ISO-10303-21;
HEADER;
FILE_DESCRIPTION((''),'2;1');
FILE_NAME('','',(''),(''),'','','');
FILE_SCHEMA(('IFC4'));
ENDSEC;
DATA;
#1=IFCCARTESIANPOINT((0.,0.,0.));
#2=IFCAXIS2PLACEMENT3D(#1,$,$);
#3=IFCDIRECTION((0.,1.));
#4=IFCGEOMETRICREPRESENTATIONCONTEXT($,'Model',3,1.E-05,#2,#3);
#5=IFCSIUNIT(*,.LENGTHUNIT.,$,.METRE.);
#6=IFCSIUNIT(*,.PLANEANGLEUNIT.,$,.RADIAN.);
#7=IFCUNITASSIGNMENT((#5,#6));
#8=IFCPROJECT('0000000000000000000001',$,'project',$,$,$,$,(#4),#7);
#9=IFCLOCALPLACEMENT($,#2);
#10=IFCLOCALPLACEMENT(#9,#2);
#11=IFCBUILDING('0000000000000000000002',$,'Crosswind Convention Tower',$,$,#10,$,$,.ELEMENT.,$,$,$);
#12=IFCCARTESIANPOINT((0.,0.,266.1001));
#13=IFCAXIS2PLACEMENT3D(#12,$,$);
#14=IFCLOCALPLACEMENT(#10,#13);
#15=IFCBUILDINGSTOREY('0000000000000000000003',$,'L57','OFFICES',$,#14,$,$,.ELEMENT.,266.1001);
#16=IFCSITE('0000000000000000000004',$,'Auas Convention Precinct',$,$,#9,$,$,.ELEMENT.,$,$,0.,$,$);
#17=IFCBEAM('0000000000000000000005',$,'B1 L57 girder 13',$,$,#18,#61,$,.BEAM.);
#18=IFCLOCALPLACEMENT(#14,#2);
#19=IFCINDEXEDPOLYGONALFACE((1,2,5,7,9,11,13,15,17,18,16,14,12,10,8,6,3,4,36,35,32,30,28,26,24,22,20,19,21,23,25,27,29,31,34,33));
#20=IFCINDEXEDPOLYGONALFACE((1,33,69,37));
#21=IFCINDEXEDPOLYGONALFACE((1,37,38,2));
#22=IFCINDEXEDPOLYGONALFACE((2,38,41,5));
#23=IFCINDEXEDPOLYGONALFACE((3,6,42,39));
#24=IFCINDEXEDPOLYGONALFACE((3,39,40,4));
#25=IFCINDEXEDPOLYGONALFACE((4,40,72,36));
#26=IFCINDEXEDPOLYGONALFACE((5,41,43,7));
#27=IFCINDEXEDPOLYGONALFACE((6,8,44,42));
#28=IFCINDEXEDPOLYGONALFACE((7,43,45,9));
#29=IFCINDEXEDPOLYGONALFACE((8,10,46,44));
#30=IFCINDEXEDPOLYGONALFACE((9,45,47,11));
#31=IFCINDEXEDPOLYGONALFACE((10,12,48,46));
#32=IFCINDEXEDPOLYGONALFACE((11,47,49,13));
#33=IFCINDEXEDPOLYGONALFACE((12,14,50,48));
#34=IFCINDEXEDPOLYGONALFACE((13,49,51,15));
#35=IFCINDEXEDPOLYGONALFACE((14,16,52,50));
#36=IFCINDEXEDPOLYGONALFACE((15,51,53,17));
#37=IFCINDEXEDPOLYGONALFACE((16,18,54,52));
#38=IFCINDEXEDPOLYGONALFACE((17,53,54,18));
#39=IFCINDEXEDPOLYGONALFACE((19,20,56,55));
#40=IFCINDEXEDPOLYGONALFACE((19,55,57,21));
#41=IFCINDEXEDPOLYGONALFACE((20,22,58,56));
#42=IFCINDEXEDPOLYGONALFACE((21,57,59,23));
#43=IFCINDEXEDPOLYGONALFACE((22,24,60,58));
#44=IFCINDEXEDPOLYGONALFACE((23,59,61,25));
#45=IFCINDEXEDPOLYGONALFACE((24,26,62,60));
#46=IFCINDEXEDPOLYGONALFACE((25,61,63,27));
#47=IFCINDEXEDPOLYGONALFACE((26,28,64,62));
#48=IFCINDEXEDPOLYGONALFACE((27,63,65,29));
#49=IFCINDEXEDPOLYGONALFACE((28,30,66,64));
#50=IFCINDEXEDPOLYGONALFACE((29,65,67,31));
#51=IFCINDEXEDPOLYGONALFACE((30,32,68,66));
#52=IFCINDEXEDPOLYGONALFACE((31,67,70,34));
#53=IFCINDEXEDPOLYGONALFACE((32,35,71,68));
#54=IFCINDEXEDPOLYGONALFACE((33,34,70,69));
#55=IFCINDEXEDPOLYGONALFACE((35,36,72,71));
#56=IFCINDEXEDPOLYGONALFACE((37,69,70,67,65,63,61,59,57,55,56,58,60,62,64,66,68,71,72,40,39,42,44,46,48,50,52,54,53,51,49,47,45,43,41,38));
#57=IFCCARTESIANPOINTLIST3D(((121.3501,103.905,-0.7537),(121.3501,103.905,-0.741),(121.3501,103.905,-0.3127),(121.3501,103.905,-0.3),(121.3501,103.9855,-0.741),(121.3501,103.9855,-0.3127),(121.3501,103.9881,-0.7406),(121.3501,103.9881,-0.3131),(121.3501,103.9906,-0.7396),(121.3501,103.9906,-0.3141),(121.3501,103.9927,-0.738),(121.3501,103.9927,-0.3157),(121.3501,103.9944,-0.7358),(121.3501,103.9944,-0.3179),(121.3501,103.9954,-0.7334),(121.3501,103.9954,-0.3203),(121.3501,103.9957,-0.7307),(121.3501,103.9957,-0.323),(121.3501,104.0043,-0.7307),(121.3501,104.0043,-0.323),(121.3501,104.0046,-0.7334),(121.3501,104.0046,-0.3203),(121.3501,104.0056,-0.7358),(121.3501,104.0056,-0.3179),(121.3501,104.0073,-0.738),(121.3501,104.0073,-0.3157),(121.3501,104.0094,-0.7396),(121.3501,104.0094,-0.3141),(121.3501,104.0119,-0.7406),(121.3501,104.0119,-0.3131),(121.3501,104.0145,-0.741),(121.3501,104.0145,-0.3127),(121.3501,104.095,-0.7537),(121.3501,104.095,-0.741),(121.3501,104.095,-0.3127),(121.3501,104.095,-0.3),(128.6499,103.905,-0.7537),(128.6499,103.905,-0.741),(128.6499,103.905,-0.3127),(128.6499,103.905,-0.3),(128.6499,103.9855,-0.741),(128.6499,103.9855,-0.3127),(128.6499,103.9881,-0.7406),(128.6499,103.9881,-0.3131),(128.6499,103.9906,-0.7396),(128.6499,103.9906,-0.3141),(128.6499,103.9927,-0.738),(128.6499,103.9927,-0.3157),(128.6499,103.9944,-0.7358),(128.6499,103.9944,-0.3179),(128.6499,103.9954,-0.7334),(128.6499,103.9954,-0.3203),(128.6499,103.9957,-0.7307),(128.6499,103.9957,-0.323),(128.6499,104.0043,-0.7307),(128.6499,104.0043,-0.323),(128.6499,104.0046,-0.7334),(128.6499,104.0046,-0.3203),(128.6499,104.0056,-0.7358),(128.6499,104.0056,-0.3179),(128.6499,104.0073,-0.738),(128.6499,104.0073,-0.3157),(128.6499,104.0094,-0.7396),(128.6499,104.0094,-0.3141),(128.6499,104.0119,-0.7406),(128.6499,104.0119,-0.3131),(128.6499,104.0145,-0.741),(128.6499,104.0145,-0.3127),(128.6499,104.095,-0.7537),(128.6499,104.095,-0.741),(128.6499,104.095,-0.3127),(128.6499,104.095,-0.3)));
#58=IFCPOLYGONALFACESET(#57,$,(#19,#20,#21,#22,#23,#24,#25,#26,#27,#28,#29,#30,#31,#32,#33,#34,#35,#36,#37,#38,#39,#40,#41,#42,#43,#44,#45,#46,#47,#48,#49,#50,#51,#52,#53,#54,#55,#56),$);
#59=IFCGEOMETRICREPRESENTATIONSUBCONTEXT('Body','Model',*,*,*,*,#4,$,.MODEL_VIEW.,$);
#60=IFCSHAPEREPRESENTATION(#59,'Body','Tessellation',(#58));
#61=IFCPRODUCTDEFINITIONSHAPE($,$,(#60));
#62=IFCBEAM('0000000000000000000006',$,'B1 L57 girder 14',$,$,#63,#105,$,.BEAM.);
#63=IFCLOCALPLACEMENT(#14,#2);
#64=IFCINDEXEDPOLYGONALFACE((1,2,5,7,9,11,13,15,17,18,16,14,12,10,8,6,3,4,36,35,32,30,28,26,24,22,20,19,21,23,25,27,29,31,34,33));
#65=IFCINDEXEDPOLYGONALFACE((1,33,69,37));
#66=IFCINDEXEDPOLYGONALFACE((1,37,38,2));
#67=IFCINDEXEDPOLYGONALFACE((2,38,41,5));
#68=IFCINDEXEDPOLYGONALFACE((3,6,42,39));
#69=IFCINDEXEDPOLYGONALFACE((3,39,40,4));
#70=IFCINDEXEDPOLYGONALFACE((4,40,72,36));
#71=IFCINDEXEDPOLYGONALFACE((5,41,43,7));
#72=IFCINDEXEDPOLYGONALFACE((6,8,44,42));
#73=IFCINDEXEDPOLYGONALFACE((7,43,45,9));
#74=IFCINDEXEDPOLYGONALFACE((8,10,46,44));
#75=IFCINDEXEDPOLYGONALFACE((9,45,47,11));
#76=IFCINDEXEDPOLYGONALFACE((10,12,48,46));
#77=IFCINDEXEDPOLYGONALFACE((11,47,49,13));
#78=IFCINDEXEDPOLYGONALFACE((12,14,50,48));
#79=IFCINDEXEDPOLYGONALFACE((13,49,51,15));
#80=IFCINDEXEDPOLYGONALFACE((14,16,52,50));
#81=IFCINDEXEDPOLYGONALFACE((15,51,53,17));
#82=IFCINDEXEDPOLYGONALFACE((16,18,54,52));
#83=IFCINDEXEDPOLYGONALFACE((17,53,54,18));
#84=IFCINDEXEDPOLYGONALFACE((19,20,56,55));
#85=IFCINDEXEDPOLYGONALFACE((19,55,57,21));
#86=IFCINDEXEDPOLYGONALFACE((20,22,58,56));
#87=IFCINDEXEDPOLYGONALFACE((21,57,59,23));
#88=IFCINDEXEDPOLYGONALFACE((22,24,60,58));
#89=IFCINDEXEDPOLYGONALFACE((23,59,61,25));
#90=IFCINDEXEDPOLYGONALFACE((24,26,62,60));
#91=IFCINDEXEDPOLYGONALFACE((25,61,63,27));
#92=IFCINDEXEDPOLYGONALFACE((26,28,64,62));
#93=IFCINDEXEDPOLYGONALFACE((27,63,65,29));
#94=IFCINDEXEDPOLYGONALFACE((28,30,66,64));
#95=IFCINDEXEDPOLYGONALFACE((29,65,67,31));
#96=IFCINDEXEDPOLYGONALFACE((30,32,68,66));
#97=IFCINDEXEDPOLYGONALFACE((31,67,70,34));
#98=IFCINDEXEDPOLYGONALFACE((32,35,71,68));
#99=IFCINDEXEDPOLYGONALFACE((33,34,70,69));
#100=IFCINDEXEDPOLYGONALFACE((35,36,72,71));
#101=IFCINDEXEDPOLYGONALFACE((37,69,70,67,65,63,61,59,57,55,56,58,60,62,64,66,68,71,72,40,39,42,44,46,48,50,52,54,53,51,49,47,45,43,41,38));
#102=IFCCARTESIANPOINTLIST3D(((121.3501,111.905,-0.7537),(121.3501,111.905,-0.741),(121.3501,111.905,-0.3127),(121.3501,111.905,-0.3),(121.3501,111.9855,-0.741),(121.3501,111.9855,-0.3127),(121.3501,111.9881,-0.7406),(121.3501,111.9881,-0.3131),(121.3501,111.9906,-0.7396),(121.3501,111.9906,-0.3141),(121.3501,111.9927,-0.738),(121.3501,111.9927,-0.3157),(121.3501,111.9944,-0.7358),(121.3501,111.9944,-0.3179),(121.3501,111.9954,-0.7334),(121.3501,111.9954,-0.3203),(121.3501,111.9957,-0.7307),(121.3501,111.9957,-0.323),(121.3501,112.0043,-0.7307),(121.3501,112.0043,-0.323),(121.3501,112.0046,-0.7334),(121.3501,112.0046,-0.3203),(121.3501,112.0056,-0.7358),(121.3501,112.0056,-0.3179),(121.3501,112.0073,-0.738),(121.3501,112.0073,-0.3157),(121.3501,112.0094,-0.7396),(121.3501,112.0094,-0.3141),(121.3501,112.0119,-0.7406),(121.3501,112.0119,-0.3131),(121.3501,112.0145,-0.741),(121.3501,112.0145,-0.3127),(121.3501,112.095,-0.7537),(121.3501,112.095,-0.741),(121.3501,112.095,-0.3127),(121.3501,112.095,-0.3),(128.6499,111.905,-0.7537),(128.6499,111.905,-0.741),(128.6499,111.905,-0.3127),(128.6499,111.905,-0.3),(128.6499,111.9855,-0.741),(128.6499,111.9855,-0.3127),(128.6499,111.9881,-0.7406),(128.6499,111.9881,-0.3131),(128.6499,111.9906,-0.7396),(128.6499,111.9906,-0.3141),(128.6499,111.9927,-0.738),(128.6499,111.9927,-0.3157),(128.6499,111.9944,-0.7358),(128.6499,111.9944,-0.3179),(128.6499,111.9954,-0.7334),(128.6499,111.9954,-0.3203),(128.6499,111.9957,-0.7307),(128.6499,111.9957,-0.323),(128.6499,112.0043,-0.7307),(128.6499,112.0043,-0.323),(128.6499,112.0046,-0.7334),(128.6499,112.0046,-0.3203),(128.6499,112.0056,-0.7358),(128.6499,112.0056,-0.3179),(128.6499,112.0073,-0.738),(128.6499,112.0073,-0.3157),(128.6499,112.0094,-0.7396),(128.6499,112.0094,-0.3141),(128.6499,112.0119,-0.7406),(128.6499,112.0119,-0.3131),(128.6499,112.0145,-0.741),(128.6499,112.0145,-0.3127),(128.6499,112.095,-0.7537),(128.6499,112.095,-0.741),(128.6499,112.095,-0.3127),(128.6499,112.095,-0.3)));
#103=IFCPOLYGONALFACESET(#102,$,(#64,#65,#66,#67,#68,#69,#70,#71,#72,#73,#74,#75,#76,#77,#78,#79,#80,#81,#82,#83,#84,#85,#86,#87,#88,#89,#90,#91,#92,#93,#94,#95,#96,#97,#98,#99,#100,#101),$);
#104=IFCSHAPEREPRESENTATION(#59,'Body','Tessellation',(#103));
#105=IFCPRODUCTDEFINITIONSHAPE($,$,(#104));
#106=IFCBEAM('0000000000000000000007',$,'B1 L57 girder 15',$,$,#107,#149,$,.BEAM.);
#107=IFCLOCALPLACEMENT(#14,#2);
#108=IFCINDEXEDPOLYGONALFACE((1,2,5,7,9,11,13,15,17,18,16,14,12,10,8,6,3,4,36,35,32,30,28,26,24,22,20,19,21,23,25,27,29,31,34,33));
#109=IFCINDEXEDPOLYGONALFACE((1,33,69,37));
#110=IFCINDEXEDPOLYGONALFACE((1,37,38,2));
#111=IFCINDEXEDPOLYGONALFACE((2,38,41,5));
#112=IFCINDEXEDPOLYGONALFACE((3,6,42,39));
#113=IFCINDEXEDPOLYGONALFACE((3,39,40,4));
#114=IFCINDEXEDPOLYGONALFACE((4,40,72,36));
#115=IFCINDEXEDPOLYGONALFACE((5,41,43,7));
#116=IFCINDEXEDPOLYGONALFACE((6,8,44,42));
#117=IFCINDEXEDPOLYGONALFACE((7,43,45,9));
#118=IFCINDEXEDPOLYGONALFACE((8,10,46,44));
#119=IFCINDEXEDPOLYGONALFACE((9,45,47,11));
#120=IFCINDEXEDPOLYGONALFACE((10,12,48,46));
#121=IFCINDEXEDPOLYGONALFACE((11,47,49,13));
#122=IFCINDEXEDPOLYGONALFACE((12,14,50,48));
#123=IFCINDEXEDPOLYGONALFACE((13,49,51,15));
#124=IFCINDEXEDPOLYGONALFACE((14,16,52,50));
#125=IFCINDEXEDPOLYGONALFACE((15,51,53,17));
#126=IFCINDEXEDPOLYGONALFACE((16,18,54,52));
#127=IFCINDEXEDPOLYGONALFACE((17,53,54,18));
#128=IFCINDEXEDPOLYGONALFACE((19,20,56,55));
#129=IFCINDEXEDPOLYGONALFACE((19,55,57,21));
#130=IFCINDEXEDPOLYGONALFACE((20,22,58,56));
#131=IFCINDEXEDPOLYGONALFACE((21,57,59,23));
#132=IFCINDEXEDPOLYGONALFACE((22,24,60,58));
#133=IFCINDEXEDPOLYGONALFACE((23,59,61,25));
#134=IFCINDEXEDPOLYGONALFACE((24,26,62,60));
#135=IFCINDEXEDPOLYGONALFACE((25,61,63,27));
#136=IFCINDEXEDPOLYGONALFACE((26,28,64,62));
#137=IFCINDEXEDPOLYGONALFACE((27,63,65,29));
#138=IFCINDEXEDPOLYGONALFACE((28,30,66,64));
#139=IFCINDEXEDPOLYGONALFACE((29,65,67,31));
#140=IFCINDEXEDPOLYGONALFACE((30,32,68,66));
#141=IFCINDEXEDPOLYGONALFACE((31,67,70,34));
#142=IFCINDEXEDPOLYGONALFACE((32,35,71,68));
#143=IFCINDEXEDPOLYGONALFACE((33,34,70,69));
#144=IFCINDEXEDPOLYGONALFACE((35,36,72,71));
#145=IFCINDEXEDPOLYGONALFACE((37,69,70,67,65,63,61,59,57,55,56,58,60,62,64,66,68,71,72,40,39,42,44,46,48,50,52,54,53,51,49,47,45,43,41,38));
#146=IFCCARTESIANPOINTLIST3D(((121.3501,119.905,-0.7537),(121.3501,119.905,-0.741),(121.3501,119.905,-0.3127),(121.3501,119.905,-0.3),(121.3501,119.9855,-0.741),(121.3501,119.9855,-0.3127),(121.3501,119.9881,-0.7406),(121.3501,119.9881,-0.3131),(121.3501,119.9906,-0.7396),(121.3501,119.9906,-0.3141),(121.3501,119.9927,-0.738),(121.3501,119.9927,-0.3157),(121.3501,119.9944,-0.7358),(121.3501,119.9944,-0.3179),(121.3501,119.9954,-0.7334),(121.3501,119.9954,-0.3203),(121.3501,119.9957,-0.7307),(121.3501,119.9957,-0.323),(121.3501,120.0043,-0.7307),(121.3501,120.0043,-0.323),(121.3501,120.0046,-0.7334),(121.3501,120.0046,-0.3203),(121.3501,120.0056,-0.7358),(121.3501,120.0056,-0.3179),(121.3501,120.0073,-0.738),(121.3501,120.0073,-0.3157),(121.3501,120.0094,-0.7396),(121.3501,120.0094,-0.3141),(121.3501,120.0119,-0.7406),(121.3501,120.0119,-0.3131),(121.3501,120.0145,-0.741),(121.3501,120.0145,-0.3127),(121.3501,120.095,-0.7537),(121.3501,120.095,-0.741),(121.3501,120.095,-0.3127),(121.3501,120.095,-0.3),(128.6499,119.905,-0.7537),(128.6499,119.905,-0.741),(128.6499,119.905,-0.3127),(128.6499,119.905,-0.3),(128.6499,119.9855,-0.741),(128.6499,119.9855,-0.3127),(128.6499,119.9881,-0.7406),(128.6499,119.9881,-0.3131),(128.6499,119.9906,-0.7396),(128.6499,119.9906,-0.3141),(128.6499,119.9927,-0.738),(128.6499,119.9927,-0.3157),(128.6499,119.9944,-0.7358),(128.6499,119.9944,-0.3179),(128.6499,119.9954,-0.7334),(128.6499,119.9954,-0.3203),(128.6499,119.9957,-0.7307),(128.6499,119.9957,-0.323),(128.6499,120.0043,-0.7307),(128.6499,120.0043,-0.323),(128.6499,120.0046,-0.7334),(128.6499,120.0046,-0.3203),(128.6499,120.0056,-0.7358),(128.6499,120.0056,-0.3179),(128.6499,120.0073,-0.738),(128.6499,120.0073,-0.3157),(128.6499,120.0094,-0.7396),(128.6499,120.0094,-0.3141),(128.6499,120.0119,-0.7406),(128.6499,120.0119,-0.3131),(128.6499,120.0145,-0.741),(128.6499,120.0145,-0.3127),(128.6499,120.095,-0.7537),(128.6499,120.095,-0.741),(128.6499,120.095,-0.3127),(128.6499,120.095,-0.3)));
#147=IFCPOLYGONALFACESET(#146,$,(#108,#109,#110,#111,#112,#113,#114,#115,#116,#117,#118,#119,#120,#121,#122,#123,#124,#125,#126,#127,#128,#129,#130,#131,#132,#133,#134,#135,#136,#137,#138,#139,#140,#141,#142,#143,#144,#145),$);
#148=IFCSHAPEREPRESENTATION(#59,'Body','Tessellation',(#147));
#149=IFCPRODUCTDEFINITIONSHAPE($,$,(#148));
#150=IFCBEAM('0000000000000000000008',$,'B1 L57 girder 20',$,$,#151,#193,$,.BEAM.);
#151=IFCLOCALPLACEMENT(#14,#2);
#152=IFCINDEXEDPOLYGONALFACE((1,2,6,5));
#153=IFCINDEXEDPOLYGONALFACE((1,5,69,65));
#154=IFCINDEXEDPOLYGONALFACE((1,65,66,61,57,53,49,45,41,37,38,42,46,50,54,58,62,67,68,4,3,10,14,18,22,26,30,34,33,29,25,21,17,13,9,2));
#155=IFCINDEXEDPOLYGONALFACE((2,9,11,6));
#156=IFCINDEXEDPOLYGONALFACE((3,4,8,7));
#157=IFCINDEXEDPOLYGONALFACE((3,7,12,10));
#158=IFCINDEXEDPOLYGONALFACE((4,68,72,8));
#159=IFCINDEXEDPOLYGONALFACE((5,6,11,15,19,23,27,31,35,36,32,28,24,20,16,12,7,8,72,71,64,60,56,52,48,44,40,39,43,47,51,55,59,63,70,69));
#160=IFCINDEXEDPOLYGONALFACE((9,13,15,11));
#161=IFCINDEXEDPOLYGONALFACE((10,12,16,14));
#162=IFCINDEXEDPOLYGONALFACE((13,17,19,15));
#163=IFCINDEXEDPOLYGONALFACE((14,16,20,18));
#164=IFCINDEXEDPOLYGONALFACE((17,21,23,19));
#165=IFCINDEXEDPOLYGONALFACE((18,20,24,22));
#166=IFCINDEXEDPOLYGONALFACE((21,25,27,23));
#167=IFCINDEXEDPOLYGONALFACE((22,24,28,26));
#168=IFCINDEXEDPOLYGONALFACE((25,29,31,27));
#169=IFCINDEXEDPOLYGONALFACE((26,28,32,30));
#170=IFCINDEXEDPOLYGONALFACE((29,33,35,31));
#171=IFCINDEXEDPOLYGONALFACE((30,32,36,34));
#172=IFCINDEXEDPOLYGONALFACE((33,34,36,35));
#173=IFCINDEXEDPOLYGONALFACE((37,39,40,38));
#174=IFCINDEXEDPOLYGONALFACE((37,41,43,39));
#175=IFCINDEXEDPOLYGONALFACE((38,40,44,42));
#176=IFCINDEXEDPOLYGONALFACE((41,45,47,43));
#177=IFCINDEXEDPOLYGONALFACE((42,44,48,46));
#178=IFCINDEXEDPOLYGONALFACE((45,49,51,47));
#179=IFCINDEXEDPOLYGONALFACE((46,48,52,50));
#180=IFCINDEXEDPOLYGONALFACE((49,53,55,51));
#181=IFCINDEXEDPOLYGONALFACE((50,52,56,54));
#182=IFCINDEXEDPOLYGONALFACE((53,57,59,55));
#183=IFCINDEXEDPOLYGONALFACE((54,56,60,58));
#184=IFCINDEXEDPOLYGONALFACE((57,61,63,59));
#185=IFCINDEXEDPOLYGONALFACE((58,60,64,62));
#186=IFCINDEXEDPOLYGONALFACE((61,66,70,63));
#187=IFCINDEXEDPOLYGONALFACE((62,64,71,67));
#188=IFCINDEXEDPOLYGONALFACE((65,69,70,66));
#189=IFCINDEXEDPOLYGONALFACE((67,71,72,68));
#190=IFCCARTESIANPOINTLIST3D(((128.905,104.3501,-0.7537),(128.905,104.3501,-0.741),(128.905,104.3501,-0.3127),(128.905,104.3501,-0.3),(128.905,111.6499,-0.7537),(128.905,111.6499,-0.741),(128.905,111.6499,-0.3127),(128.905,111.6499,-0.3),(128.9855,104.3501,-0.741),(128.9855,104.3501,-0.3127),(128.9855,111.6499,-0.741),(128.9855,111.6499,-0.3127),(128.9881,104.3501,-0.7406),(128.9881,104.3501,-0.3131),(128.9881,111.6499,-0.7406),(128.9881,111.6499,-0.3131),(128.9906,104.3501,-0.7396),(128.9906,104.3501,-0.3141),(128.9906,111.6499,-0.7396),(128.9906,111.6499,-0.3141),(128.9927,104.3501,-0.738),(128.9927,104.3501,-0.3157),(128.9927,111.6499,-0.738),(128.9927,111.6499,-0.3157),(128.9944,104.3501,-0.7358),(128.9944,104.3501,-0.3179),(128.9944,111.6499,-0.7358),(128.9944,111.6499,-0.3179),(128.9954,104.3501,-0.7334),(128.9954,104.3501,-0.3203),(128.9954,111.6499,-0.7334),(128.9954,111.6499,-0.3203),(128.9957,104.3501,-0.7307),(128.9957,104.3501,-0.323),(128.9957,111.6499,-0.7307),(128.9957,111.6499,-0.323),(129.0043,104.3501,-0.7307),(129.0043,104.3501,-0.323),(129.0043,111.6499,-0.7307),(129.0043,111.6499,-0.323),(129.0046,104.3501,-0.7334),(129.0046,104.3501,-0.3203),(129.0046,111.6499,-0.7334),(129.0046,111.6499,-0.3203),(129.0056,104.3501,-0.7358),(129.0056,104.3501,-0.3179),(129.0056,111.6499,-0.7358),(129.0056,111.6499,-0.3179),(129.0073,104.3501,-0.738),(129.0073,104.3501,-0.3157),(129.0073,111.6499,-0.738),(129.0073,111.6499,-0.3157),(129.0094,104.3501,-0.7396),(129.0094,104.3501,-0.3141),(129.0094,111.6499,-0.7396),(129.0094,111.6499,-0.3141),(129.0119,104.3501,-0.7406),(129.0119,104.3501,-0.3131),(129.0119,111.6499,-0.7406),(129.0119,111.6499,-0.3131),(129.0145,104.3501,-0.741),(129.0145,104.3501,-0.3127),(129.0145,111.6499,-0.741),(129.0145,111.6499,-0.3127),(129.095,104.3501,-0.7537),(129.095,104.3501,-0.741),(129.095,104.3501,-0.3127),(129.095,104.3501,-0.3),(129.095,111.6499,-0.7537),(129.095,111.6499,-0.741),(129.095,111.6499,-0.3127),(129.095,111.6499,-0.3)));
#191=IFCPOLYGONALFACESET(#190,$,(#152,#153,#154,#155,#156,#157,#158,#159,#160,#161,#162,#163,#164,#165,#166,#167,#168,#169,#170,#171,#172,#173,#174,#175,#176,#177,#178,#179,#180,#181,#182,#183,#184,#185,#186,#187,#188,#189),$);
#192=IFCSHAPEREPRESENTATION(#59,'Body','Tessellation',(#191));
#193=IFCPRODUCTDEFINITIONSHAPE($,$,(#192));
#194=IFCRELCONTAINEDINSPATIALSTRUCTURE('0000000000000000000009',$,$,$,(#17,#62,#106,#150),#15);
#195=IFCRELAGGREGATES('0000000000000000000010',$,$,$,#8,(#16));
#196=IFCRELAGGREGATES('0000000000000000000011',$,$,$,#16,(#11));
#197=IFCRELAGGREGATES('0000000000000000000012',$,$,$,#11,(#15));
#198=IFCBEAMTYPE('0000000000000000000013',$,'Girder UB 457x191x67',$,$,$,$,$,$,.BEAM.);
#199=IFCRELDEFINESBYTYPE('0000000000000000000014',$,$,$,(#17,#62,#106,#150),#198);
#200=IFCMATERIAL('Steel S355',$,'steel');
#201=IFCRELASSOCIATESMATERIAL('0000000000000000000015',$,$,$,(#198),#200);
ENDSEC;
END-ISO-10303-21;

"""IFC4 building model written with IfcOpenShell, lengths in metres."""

from ifc_helpers import new_model, si_unit, direction, frame, origin, origin_2d, place, context, subcontext, project, spatial, i_section, extrude, material, material_profile, profile_set, type_object, element, save


model = new_model("IFC4")

# Units and contexts
model_context = context("Model", 3, precision=1e-05, world=origin(), true_north=direction((0.0, 1.0)))
body_context = subcontext(model_context, "Body", "Model", "MODEL_VIEW")
ifc_project = project(units=[si_unit("LENGTHUNIT", "METRE"), si_unit("PLANEANGLEUNIT", "RADIAN")], contexts=[model_context])

# Site, building, storey
site_placement = place(None, origin())
site = spatial("IfcSite", under=ifc_project, at=site_placement, Name="Auas Convention Precinct", CompositionType="ELEMENT", RefElevation=0.0)
building_placement = place(site_placement, origin())
building = spatial("IfcBuilding", under=site, at=building_placement, Name="Crosswind Convention Tower", CompositionType="ELEMENT")
storey_placement = place(building_placement, frame((0.0, 0.0, 266.1001)))
storey = spatial("IfcBuildingStorey", under=building, at=storey_placement, Name="L57", Description="OFFICES", CompositionType="ELEMENT", Elevation=266.1001)

# Beams
ifc_material_1 = material(Name="Steel S355", Category="steel")
ifc_material_profile_1 = material_profile(ifc_material_1, i_section(OverallWidth=0.1899, OverallDepth=0.4536, WebThickness=0.0085, FlangeThickness=0.0127, FilletRadius=0.0103, at=origin_2d()), Name="UB 457x191x67")
ifc_profile_set_1 = profile_set([ifc_material_profile_1], Name="Steel S355")
beam_type_1 = type_object("IfcBeamType", Name="Girder UB 457x191x67", PredefinedType="BEAM", material=ifc_profile_set_1)
for number, where, z_axis, x_axis, name in (
    (1, (121.3501, 104.0, -0.5269), (1.0, 0.0, 0.0), (0.0, 1.0, 0.0), "B1 L57 girder 13"),
    (2, (121.3501, 112.0, -0.5269), (1.0, 0.0, 0.0), (0.0, 1.0, 0.0), "B1 L57 girder 14"),
    (3, (121.3501, 120.0, -0.5269), (1.0, 0.0, 0.0), (0.0, 1.0, 0.0), "B1 L57 girder 15"),
    (4, (129.0, 104.3501, -0.5269), (0.0, 1.0, 0.0), (-1.0, 0.0, 0.0), "B1 L57 girder 20"),
):
    element("IfcBeam", number, at=place(storey_placement, frame(where, z_axis=z_axis, x_axis=x_axis)), inside=storey, type_object=beam_type_1, Name=name, PredefinedType="BEAM", context=body_context, shape_type="SweptSolid", body=[
        extrude(i_section(OverallWidth=0.1899, OverallDepth=0.4536, WebThickness=0.0085, FlangeThickness=0.0127, FilletRadius=0.0103, at=origin_2d()), origin(), (0.0, 0.0, 1.0), 7.2998),
    ])

save(model, "model.ifc")
